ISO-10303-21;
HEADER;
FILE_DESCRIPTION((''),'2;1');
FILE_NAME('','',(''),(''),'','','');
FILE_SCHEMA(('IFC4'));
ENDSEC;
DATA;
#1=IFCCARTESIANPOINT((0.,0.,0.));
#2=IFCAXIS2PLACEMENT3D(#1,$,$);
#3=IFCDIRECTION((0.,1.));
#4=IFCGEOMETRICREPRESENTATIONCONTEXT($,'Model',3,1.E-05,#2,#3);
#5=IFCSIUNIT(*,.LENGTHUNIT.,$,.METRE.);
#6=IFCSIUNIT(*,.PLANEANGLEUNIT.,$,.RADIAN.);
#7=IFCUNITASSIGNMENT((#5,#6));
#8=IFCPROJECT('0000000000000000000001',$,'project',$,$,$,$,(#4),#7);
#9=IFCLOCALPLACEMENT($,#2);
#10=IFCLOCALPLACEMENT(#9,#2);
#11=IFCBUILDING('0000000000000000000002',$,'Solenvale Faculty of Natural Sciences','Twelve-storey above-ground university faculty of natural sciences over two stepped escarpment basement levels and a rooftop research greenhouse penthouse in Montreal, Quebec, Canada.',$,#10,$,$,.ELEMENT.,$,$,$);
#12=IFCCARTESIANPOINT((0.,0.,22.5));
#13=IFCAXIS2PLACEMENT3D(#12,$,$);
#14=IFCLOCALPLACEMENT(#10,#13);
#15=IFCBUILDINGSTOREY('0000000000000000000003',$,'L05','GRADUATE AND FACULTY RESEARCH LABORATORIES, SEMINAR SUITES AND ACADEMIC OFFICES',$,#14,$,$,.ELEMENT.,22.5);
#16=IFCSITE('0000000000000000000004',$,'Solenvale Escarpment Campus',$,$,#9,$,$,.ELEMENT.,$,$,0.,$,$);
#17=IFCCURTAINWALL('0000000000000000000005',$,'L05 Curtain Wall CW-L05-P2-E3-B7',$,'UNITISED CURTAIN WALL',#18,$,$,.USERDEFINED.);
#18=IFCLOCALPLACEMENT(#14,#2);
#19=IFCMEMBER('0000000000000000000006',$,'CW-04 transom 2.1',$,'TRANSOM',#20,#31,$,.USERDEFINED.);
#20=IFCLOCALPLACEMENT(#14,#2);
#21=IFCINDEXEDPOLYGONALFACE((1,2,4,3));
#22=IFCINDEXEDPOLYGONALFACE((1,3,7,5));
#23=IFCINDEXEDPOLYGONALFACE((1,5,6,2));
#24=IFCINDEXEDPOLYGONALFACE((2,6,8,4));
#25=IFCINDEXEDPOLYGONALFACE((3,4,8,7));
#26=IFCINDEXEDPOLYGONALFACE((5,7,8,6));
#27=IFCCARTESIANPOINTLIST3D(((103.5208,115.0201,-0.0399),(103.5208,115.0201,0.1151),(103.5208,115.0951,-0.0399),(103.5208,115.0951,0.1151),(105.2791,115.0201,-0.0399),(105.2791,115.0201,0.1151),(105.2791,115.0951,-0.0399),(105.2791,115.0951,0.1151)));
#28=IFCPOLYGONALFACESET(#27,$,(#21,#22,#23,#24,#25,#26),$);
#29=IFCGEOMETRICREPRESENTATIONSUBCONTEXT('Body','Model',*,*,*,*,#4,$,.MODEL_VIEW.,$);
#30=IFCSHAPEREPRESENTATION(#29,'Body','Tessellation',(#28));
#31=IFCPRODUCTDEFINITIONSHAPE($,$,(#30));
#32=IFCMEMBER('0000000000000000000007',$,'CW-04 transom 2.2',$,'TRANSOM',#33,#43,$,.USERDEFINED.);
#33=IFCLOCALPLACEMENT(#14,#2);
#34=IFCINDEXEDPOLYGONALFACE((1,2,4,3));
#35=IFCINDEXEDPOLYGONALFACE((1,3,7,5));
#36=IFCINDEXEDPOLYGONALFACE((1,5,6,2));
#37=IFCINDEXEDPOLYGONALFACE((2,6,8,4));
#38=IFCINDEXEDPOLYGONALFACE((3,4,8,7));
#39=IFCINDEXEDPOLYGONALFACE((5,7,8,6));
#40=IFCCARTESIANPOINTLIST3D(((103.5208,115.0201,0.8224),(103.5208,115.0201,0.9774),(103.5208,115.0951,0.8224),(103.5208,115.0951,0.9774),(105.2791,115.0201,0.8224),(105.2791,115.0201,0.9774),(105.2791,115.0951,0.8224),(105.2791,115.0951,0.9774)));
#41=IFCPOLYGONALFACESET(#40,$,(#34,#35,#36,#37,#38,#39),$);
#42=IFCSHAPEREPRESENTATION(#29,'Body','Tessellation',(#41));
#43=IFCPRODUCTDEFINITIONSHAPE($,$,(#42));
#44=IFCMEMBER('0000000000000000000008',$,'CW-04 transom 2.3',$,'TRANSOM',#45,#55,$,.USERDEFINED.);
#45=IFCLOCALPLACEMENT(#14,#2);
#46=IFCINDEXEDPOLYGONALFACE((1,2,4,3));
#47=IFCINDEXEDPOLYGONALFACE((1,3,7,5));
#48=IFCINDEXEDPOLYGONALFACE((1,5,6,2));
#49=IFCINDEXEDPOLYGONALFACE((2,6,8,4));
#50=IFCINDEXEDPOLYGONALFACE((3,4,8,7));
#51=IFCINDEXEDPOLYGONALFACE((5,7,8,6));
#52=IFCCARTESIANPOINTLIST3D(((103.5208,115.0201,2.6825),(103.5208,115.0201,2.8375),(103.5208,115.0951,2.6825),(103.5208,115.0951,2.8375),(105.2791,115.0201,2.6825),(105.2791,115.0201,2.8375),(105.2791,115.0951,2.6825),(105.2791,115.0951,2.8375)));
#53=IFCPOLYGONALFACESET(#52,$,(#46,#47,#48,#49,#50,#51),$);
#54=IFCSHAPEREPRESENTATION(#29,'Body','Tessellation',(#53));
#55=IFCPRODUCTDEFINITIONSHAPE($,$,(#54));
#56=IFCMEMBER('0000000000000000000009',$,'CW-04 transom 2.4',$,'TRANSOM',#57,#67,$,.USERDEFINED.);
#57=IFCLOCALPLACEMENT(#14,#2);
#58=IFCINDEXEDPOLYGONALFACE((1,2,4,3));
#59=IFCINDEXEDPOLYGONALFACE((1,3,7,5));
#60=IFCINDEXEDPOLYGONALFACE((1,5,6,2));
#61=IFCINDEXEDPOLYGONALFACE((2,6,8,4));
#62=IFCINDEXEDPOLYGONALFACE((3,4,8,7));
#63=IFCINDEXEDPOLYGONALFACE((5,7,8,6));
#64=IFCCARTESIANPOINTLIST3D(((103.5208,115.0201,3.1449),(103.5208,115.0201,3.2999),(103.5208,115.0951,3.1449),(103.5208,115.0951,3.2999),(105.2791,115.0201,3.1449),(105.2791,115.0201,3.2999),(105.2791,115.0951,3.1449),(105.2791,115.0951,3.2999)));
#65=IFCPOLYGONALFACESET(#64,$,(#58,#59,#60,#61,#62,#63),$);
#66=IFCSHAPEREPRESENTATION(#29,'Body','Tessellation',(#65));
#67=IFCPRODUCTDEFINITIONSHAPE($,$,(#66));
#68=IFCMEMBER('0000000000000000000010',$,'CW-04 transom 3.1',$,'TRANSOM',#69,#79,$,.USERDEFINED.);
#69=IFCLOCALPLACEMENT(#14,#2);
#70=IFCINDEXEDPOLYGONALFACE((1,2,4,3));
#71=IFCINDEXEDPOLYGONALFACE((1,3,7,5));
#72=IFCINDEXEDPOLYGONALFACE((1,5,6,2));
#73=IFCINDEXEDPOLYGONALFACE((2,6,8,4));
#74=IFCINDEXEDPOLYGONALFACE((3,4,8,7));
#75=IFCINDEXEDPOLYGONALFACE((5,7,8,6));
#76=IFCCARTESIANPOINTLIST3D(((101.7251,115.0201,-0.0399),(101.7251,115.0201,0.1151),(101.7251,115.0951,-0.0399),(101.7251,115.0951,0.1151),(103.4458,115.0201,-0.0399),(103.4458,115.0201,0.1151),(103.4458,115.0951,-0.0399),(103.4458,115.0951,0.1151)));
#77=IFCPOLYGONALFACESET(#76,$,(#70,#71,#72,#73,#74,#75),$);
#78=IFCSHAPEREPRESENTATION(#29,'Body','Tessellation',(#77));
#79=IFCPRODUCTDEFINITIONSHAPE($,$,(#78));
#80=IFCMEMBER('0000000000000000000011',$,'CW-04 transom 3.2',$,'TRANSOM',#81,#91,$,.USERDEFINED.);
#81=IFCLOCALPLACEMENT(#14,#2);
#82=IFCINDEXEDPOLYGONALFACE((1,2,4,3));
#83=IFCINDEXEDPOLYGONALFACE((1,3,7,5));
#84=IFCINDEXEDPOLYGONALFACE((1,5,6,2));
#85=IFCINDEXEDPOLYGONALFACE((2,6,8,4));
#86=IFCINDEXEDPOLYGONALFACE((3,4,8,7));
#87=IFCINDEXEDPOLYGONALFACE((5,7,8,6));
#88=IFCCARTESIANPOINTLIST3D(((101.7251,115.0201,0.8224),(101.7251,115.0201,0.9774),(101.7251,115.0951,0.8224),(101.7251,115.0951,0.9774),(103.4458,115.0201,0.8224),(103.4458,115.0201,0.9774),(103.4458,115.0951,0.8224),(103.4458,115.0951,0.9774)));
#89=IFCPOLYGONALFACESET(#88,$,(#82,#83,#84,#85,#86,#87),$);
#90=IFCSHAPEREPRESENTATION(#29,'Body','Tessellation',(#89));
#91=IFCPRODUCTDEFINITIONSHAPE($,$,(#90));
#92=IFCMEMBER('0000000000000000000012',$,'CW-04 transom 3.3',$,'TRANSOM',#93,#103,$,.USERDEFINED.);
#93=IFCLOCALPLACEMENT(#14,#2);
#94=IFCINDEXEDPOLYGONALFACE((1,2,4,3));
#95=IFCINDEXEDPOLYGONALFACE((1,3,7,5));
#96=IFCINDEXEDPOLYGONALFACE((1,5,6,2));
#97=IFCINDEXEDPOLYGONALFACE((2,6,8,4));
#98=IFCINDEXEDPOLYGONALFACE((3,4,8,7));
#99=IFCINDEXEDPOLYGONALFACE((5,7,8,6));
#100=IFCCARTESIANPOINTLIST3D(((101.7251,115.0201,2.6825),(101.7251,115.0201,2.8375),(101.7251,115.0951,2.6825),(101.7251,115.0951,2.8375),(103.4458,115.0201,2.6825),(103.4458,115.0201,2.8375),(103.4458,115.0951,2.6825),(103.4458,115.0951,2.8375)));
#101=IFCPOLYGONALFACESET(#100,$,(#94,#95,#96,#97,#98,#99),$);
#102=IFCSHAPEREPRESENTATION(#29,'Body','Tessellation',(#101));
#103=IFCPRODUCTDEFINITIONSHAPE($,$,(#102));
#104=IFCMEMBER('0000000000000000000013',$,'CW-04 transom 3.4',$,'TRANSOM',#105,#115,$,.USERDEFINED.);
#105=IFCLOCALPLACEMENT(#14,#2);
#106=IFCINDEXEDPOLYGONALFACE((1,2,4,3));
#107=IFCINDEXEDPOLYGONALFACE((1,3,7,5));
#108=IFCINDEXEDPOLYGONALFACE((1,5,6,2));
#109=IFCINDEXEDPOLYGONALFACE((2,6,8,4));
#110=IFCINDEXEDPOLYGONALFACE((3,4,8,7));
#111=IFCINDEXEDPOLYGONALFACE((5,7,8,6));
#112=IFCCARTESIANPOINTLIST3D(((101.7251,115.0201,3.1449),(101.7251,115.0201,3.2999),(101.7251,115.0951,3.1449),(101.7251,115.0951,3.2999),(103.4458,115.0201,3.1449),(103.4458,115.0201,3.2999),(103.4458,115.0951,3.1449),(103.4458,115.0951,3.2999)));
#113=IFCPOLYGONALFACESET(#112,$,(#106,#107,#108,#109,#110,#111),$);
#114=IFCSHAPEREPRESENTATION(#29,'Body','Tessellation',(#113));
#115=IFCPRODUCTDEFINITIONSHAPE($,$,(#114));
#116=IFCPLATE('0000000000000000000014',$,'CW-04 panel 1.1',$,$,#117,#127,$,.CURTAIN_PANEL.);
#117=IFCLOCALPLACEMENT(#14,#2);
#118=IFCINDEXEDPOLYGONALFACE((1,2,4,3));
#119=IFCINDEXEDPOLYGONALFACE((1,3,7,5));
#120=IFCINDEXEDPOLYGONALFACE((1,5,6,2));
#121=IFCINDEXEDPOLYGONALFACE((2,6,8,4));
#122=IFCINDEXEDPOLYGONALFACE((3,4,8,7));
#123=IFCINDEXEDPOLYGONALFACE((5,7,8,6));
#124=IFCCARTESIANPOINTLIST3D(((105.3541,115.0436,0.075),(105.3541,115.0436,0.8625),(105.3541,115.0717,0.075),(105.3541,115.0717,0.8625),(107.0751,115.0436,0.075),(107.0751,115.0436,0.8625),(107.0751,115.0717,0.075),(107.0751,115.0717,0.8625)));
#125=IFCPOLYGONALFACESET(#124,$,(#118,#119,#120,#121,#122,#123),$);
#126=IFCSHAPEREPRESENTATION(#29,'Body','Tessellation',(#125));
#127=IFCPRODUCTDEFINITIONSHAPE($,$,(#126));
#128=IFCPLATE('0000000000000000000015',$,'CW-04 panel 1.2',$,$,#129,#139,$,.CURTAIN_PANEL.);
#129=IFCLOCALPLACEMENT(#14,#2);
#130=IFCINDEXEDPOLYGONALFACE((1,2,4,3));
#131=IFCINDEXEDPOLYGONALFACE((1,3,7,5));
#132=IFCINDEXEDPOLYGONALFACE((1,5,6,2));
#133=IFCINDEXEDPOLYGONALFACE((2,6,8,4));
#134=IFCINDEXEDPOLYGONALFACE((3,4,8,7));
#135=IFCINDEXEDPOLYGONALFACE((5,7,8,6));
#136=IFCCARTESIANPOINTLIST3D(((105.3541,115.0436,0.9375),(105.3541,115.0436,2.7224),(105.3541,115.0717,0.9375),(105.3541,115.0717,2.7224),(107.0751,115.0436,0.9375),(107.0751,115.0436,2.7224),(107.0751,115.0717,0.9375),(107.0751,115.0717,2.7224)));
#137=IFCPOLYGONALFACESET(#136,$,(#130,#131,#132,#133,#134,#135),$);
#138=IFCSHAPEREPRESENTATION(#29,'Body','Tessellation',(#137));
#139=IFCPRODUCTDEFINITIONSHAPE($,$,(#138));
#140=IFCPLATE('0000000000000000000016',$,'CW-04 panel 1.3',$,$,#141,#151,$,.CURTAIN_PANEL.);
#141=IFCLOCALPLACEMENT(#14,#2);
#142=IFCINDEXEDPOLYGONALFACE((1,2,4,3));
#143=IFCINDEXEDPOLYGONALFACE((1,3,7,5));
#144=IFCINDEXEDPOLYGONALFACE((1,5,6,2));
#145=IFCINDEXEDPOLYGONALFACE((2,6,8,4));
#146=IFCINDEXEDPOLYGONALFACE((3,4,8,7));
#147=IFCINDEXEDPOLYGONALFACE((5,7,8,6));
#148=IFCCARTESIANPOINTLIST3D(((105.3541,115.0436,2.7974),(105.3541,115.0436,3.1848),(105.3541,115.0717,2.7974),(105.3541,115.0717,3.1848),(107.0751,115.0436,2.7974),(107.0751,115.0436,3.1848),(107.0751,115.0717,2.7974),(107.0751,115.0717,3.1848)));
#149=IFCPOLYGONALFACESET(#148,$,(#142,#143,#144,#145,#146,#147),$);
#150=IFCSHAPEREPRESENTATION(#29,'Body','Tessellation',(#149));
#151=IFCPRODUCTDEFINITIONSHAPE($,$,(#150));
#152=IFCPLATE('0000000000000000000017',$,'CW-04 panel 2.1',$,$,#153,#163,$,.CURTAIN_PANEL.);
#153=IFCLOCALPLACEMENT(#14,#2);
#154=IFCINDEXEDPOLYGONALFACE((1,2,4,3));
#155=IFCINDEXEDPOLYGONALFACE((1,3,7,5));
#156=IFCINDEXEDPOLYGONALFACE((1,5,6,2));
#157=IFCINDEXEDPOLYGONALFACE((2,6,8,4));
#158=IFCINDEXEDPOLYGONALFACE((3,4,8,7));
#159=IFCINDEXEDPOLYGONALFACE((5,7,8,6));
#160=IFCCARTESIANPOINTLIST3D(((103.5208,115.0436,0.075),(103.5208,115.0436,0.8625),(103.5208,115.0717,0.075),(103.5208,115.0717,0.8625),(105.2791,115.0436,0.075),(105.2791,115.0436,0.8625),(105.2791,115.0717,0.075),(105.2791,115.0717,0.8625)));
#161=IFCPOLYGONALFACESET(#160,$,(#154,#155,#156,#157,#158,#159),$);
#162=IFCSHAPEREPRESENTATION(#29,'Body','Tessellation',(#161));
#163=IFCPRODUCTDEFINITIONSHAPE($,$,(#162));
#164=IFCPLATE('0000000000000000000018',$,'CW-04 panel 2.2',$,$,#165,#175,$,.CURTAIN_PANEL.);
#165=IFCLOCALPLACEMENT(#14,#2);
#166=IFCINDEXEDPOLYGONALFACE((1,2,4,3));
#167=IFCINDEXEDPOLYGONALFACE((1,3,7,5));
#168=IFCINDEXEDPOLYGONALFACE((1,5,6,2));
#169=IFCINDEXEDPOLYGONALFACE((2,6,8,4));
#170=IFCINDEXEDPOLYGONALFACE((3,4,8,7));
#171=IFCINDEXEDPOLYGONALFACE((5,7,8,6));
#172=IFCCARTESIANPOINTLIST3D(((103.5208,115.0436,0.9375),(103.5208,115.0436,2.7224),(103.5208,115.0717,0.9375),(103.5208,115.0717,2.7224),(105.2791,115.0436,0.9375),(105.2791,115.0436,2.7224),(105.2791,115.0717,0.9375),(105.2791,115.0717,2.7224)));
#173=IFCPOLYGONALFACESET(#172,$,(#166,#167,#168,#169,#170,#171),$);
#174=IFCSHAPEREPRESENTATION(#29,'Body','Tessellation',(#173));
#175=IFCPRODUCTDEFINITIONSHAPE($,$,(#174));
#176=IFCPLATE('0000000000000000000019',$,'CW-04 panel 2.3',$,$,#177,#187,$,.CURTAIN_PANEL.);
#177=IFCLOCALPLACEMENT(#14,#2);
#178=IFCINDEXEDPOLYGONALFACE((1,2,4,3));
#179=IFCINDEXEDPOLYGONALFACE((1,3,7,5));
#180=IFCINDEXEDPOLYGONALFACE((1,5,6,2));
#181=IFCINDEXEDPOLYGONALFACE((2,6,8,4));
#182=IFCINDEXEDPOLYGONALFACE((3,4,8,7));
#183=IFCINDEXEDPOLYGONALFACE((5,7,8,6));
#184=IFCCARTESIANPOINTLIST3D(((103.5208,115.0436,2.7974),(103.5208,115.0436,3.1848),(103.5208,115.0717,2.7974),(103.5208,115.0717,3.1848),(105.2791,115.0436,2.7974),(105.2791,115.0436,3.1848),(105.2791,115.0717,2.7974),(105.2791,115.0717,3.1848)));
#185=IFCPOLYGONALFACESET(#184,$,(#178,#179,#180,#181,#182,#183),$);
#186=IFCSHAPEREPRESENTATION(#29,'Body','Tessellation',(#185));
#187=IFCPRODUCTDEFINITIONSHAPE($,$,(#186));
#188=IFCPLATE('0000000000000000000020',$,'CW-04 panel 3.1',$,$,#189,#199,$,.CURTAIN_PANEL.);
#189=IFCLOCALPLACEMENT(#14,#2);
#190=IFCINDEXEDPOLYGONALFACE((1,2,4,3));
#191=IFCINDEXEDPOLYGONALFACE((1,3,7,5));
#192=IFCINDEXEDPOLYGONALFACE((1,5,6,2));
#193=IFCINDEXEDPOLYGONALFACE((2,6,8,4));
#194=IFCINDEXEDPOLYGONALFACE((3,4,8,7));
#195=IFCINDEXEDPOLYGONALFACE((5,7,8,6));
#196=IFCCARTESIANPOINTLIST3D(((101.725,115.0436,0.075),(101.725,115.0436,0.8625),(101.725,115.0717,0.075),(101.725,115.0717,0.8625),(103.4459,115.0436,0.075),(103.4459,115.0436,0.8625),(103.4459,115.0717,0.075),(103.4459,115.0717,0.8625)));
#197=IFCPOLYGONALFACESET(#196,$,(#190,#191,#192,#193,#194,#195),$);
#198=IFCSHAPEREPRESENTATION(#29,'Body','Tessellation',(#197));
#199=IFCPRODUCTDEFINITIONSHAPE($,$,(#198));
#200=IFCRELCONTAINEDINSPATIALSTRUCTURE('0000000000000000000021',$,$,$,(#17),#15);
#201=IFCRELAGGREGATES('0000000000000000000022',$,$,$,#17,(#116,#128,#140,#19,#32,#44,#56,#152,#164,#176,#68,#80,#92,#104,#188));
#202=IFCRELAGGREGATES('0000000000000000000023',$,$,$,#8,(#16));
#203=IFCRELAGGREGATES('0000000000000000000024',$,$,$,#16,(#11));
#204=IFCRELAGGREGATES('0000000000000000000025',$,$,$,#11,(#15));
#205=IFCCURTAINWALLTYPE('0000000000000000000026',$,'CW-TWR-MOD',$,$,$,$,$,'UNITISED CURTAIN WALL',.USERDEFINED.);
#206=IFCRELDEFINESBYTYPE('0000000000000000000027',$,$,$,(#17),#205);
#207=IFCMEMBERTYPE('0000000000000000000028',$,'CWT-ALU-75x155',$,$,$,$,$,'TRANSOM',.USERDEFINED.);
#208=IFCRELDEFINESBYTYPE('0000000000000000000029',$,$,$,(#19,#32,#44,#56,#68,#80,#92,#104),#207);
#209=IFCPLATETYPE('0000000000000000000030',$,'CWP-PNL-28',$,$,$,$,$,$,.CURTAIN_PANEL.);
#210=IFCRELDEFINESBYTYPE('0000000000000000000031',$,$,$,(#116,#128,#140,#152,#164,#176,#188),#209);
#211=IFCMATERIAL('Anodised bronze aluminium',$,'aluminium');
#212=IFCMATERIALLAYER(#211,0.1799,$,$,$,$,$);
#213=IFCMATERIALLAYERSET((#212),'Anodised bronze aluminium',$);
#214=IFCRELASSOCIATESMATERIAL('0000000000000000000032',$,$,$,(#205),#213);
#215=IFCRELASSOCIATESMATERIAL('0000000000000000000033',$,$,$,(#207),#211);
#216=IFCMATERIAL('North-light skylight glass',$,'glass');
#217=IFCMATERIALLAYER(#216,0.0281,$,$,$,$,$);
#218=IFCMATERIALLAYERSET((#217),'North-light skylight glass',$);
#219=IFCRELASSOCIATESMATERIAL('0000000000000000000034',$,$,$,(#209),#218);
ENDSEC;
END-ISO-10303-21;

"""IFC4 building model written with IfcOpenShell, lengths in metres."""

from ifc_helpers import new_model, si_unit, direction, frame, origin, origin_2d, place, context, subcontext, project, spatial, rectangle, extrude, material, layer, layer_set, material_profile, profile_set, type_object, element, aggregate, save


model = new_model("IFC4")

# Units and contexts
model_context = context("Model", 3, precision=1e-05, world=origin(), true_north=direction((0.0, 1.0)))
body_context = subcontext(model_context, "Body", "Model", "MODEL_VIEW")
ifc_project = project(units=[si_unit("LENGTHUNIT", "METRE"), si_unit("PLANEANGLEUNIT", "RADIAN")], contexts=[model_context])

# Site, building, storey
site_placement = place(None, origin())
site = spatial("IfcSite", under=ifc_project, at=site_placement, Name="Solenvale Escarpment Campus", CompositionType="ELEMENT", RefElevation=0.0)
building_placement = place(site_placement, origin())
building = spatial("IfcBuilding", under=site, at=building_placement, Name="Solenvale Faculty of Natural Sciences", Description="Twelve-storey above-ground university faculty of natural sciences over two stepped escarpment basement levels and a rooftop research greenhouse penthouse in Montreal, Quebec, Canada.", CompositionType="ELEMENT")
storey_placement = place(building_placement, frame((0.0, 0.0, 22.5)))
storey = spatial("IfcBuildingStorey", under=building, at=storey_placement, Name="L05", Description="GRADUATE AND FACULTY RESEARCH LABORATORIES, SEMINAR SUITES AND ACADEMIC OFFICES", CompositionType="ELEMENT", Elevation=22.5)

# Shared definitions
ifc_material_1 = material(Name="Anodised bronze aluminium", Category="aluminium")
ifc_layer_1 = layer(ifc_material_1, 0.1799)
ifc_layer_set_1 = layer_set([ifc_layer_1], Name="Anodised bronze aluminium")
curtain_wall_type = type_object("IfcCurtainWallType", Name="CW-TWR-MOD", ElementType="UNITISED CURTAIN WALL", PredefinedType="USERDEFINED", material=ifc_layer_set_1)

# Curtain wall
curtain_wall_1_placement = place(storey_placement, origin())
curtain_wall_1 = element("IfcCurtainWall", 1, at=curtain_wall_1_placement, inside=storey, type_object=curtain_wall_type, Name="L05 Curtain Wall CW-L05-P2-E3-B7", ObjectType="UNITISED CURTAIN WALL", PredefinedType="USERDEFINED")

# Members
ifc_material_profile_1 = material_profile(ifc_material_1, rectangle(XDim=0.075, YDim=0.155, at=origin_2d()), Name="ALU-TRN-75x155")
ifc_profile_set_1 = profile_set([ifc_material_profile_1], Name="Anodised bronze aluminium")
member_type_1 = type_object("IfcMemberType", Name="CWT-ALU-75x155", ElementType="TRANSOM", PredefinedType="USERDEFINED", material=ifc_profile_set_1)
member_1_placement = place(storey_placement, frame((105.2791, 115.0576, 0.0376), z_axis=(-1.0, 0.0, 0.0), x_axis=(0.0, -1.0, 0.0)))
member_1 = element("IfcMember", 2, at=member_1_placement, type_object=member_type_1, Name="CW-04 transom 2.1", ObjectType="TRANSOM", PredefinedType="USERDEFINED", context=body_context, shape_type="SweptSolid", body=[
    extrude(rectangle(XDim=0.075, YDim=0.155, at=origin_2d()), origin(), (0.0, 0.0, 1.0), 1.7583),
])
member_2_placement = place(storey_placement, frame((105.2791, 115.0576, 0.8999), z_axis=(-1.0, 0.0, 0.0), x_axis=(0.0, -1.0, 0.0)))
member_2 = element("IfcMember", 3, at=member_2_placement, type_object=member_type_1, Name="CW-04 transom 2.2", ObjectType="TRANSOM", PredefinedType="USERDEFINED", context=body_context, shape_type="SweptSolid", body=[
    extrude(rectangle(XDim=0.075, YDim=0.155, at=origin_2d()), origin(), (0.0, 0.0, 1.0), 1.7583),
])
member_3_placement = place(storey_placement, frame((105.2791, 115.0576, 2.76), z_axis=(-1.0, 0.0, 0.0), x_axis=(0.0, -1.0, 0.0)))
member_3 = element("IfcMember", 4, at=member_3_placement, type_object=member_type_1, Name="CW-04 transom 2.3", ObjectType="TRANSOM", PredefinedType="USERDEFINED", context=body_context, shape_type="SweptSolid", body=[
    extrude(rectangle(XDim=0.075, YDim=0.155, at=origin_2d()), origin(), (0.0, 0.0, 1.0), 1.7583),
])
member_4_placement = place(storey_placement, frame((105.2791, 115.0576, 3.2224), z_axis=(-1.0, 0.0, 0.0), x_axis=(0.0, -1.0, 0.0)))
member_4 = element("IfcMember", 5, at=member_4_placement, type_object=member_type_1, Name="CW-04 transom 2.4", ObjectType="TRANSOM", PredefinedType="USERDEFINED", context=body_context, shape_type="SweptSolid", body=[
    extrude(rectangle(XDim=0.075, YDim=0.155, at=origin_2d()), origin(), (0.0, 0.0, 1.0), 1.7583),
])
member_5_placement = place(storey_placement, frame((103.4458, 115.0576, 0.0376), z_axis=(-1.0, 0.0, 0.0), x_axis=(0.0, -1.0, 0.0)))
member_5 = element("IfcMember", 6, at=member_5_placement, type_object=member_type_1, Name="CW-04 transom 3.1", ObjectType="TRANSOM", PredefinedType="USERDEFINED", context=body_context, shape_type="SweptSolid", body=[
    extrude(rectangle(XDim=0.075, YDim=0.155, at=origin_2d()), origin(), (0.0, 0.0, 1.0), 1.7207),
])
member_6_placement = place(storey_placement, frame((103.4458, 115.0576, 0.8999), z_axis=(-1.0, 0.0, 0.0), x_axis=(0.0, -1.0, 0.0)))
member_6 = element("IfcMember", 7, at=member_6_placement, type_object=member_type_1, Name="CW-04 transom 3.2", ObjectType="TRANSOM", PredefinedType="USERDEFINED", context=body_context, shape_type="SweptSolid", body=[
    extrude(rectangle(XDim=0.075, YDim=0.155, at=origin_2d()), origin(), (0.0, 0.0, 1.0), 1.7207),
])
member_7_placement = place(storey_placement, frame((103.4458, 115.0576, 2.76), z_axis=(-1.0, 0.0, 0.0), x_axis=(0.0, -1.0, 0.0)))
member_7 = element("IfcMember", 8, at=member_7_placement, type_object=member_type_1, Name="CW-04 transom 3.3", ObjectType="TRANSOM", PredefinedType="USERDEFINED", context=body_context, shape_type="SweptSolid", body=[
    extrude(rectangle(XDim=0.075, YDim=0.155, at=origin_2d()), origin(), (0.0, 0.0, 1.0), 1.7207),
])
member_8_placement = place(storey_placement, frame((103.4458, 115.0576, 3.2224), z_axis=(-1.0, 0.0, 0.0), x_axis=(0.0, -1.0, 0.0)))
member_8 = element("IfcMember", 9, at=member_8_placement, type_object=member_type_1, Name="CW-04 transom 3.4", ObjectType="TRANSOM", PredefinedType="USERDEFINED", context=body_context, shape_type="SweptSolid", body=[
    extrude(rectangle(XDim=0.075, YDim=0.155, at=origin_2d()), origin(), (0.0, 0.0, 1.0), 1.7207),
])

# Plates
ifc_material_2 = material(Name="North-light skylight glass", Category="glass")
ifc_layer_2 = layer(ifc_material_2, 0.0281)
ifc_layer_set_2 = layer_set([ifc_layer_2], Name="North-light skylight glass")
plate_type_1 = type_object("IfcPlateType", Name="CWP-PNL-28", PredefinedType="CURTAIN_PANEL", material=ifc_layer_set_2)
plate_1_placement = place(storey_placement, frame((106.2146, 115.0576, 0.075), z_axis=(0.0, 0.0, 1.0), x_axis=(-1.0, 0.0, 0.0)))
plate_1 = element("IfcPlate", 10, at=plate_1_placement, type_object=plate_type_1, Name="CW-04 panel 1.1", PredefinedType="CURTAIN_PANEL", context=body_context, shape_type="SweptSolid", body=[
    extrude(rectangle(XDim=1.7209, YDim=0.0281, at=origin_2d()), origin(), (0.0, 0.0, 1.0), 0.7876),
])
plate_2_placement = place(storey_placement, frame((106.2146, 115.0576, 0.9375), z_axis=(0.0, 0.0, 1.0), x_axis=(-1.0, 0.0, 0.0)))
plate_2 = element("IfcPlate", 11, at=plate_2_placement, type_object=plate_type_1, Name="CW-04 panel 1.2", PredefinedType="CURTAIN_PANEL", context=body_context, shape_type="SweptSolid", body=[
    extrude(rectangle(XDim=1.7209, YDim=0.0281, at=origin_2d()), origin(), (0.0, 0.0, 1.0), 1.7849),
])
plate_3_placement = place(storey_placement, frame((106.2146, 115.0576, 2.7974), z_axis=(0.0, 0.0, 1.0), x_axis=(-1.0, 0.0, 0.0)))
plate_3 = element("IfcPlate", 12, at=plate_3_placement, type_object=plate_type_1, Name="CW-04 panel 1.3", PredefinedType="CURTAIN_PANEL", context=body_context, shape_type="SweptSolid", body=[
    extrude(rectangle(XDim=1.7209, YDim=0.0281, at=origin_2d()), origin(), (0.0, 0.0, 1.0), 0.3875),
])
plate_4_placement = place(storey_placement, frame((104.3999, 115.0576, 0.075), z_axis=(0.0, 0.0, 1.0), x_axis=(-1.0, 0.0, 0.0)))
plate_4 = element("IfcPlate", 13, at=plate_4_placement, type_object=plate_type_1, Name="CW-04 panel 2.1", PredefinedType="CURTAIN_PANEL", context=body_context, shape_type="SweptSolid", body=[
    extrude(rectangle(XDim=1.7583, YDim=0.0281, at=origin_2d()), origin(), (0.0, 0.0, 1.0), 0.7876),
])
plate_5_placement = place(storey_placement, frame((104.3999, 115.0576, 0.9375), z_axis=(0.0, 0.0, 1.0), x_axis=(-1.0, 0.0, 0.0)))
plate_5 = element("IfcPlate", 14, at=plate_5_placement, type_object=plate_type_1, Name="CW-04 panel 2.2", PredefinedType="CURTAIN_PANEL", context=body_context, shape_type="SweptSolid", body=[
    extrude(rectangle(XDim=1.7583, YDim=0.0281, at=origin_2d()), origin(), (0.0, 0.0, 1.0), 1.7849),
])
plate_6_placement = place(storey_placement, frame((104.3999, 115.0576, 2.7974), z_axis=(0.0, 0.0, 1.0), x_axis=(-1.0, 0.0, 0.0)))
plate_6 = element("IfcPlate", 15, at=plate_6_placement, type_object=plate_type_1, Name="CW-04 panel 2.3", PredefinedType="CURTAIN_PANEL", context=body_context, shape_type="SweptSolid", body=[
    extrude(rectangle(XDim=1.7583, YDim=0.0281, at=origin_2d()), origin(), (0.0, 0.0, 1.0), 0.3875),
])
plate_7_placement = place(storey_placement, frame((102.5854, 115.0576, 0.075), z_axis=(0.0, 0.0, 1.0), x_axis=(-1.0, 0.0, 0.0)))
plate_7 = element("IfcPlate", 16, at=plate_7_placement, type_object=plate_type_1, Name="CW-04 panel 3.1", PredefinedType="CURTAIN_PANEL", context=body_context, shape_type="SweptSolid", body=[
    extrude(rectangle(XDim=1.7209, YDim=0.0281, at=origin_2d()), origin(), (0.0, 0.0, 1.0), 0.7876),
])
aggregate(curtain_wall_1, [plate_1, plate_2, plate_3, member_1, member_2, member_3, member_4, plate_4, plate_5, plate_6, member_5, member_6, member_7, member_8, plate_7])

save(model, "model.ifc")
